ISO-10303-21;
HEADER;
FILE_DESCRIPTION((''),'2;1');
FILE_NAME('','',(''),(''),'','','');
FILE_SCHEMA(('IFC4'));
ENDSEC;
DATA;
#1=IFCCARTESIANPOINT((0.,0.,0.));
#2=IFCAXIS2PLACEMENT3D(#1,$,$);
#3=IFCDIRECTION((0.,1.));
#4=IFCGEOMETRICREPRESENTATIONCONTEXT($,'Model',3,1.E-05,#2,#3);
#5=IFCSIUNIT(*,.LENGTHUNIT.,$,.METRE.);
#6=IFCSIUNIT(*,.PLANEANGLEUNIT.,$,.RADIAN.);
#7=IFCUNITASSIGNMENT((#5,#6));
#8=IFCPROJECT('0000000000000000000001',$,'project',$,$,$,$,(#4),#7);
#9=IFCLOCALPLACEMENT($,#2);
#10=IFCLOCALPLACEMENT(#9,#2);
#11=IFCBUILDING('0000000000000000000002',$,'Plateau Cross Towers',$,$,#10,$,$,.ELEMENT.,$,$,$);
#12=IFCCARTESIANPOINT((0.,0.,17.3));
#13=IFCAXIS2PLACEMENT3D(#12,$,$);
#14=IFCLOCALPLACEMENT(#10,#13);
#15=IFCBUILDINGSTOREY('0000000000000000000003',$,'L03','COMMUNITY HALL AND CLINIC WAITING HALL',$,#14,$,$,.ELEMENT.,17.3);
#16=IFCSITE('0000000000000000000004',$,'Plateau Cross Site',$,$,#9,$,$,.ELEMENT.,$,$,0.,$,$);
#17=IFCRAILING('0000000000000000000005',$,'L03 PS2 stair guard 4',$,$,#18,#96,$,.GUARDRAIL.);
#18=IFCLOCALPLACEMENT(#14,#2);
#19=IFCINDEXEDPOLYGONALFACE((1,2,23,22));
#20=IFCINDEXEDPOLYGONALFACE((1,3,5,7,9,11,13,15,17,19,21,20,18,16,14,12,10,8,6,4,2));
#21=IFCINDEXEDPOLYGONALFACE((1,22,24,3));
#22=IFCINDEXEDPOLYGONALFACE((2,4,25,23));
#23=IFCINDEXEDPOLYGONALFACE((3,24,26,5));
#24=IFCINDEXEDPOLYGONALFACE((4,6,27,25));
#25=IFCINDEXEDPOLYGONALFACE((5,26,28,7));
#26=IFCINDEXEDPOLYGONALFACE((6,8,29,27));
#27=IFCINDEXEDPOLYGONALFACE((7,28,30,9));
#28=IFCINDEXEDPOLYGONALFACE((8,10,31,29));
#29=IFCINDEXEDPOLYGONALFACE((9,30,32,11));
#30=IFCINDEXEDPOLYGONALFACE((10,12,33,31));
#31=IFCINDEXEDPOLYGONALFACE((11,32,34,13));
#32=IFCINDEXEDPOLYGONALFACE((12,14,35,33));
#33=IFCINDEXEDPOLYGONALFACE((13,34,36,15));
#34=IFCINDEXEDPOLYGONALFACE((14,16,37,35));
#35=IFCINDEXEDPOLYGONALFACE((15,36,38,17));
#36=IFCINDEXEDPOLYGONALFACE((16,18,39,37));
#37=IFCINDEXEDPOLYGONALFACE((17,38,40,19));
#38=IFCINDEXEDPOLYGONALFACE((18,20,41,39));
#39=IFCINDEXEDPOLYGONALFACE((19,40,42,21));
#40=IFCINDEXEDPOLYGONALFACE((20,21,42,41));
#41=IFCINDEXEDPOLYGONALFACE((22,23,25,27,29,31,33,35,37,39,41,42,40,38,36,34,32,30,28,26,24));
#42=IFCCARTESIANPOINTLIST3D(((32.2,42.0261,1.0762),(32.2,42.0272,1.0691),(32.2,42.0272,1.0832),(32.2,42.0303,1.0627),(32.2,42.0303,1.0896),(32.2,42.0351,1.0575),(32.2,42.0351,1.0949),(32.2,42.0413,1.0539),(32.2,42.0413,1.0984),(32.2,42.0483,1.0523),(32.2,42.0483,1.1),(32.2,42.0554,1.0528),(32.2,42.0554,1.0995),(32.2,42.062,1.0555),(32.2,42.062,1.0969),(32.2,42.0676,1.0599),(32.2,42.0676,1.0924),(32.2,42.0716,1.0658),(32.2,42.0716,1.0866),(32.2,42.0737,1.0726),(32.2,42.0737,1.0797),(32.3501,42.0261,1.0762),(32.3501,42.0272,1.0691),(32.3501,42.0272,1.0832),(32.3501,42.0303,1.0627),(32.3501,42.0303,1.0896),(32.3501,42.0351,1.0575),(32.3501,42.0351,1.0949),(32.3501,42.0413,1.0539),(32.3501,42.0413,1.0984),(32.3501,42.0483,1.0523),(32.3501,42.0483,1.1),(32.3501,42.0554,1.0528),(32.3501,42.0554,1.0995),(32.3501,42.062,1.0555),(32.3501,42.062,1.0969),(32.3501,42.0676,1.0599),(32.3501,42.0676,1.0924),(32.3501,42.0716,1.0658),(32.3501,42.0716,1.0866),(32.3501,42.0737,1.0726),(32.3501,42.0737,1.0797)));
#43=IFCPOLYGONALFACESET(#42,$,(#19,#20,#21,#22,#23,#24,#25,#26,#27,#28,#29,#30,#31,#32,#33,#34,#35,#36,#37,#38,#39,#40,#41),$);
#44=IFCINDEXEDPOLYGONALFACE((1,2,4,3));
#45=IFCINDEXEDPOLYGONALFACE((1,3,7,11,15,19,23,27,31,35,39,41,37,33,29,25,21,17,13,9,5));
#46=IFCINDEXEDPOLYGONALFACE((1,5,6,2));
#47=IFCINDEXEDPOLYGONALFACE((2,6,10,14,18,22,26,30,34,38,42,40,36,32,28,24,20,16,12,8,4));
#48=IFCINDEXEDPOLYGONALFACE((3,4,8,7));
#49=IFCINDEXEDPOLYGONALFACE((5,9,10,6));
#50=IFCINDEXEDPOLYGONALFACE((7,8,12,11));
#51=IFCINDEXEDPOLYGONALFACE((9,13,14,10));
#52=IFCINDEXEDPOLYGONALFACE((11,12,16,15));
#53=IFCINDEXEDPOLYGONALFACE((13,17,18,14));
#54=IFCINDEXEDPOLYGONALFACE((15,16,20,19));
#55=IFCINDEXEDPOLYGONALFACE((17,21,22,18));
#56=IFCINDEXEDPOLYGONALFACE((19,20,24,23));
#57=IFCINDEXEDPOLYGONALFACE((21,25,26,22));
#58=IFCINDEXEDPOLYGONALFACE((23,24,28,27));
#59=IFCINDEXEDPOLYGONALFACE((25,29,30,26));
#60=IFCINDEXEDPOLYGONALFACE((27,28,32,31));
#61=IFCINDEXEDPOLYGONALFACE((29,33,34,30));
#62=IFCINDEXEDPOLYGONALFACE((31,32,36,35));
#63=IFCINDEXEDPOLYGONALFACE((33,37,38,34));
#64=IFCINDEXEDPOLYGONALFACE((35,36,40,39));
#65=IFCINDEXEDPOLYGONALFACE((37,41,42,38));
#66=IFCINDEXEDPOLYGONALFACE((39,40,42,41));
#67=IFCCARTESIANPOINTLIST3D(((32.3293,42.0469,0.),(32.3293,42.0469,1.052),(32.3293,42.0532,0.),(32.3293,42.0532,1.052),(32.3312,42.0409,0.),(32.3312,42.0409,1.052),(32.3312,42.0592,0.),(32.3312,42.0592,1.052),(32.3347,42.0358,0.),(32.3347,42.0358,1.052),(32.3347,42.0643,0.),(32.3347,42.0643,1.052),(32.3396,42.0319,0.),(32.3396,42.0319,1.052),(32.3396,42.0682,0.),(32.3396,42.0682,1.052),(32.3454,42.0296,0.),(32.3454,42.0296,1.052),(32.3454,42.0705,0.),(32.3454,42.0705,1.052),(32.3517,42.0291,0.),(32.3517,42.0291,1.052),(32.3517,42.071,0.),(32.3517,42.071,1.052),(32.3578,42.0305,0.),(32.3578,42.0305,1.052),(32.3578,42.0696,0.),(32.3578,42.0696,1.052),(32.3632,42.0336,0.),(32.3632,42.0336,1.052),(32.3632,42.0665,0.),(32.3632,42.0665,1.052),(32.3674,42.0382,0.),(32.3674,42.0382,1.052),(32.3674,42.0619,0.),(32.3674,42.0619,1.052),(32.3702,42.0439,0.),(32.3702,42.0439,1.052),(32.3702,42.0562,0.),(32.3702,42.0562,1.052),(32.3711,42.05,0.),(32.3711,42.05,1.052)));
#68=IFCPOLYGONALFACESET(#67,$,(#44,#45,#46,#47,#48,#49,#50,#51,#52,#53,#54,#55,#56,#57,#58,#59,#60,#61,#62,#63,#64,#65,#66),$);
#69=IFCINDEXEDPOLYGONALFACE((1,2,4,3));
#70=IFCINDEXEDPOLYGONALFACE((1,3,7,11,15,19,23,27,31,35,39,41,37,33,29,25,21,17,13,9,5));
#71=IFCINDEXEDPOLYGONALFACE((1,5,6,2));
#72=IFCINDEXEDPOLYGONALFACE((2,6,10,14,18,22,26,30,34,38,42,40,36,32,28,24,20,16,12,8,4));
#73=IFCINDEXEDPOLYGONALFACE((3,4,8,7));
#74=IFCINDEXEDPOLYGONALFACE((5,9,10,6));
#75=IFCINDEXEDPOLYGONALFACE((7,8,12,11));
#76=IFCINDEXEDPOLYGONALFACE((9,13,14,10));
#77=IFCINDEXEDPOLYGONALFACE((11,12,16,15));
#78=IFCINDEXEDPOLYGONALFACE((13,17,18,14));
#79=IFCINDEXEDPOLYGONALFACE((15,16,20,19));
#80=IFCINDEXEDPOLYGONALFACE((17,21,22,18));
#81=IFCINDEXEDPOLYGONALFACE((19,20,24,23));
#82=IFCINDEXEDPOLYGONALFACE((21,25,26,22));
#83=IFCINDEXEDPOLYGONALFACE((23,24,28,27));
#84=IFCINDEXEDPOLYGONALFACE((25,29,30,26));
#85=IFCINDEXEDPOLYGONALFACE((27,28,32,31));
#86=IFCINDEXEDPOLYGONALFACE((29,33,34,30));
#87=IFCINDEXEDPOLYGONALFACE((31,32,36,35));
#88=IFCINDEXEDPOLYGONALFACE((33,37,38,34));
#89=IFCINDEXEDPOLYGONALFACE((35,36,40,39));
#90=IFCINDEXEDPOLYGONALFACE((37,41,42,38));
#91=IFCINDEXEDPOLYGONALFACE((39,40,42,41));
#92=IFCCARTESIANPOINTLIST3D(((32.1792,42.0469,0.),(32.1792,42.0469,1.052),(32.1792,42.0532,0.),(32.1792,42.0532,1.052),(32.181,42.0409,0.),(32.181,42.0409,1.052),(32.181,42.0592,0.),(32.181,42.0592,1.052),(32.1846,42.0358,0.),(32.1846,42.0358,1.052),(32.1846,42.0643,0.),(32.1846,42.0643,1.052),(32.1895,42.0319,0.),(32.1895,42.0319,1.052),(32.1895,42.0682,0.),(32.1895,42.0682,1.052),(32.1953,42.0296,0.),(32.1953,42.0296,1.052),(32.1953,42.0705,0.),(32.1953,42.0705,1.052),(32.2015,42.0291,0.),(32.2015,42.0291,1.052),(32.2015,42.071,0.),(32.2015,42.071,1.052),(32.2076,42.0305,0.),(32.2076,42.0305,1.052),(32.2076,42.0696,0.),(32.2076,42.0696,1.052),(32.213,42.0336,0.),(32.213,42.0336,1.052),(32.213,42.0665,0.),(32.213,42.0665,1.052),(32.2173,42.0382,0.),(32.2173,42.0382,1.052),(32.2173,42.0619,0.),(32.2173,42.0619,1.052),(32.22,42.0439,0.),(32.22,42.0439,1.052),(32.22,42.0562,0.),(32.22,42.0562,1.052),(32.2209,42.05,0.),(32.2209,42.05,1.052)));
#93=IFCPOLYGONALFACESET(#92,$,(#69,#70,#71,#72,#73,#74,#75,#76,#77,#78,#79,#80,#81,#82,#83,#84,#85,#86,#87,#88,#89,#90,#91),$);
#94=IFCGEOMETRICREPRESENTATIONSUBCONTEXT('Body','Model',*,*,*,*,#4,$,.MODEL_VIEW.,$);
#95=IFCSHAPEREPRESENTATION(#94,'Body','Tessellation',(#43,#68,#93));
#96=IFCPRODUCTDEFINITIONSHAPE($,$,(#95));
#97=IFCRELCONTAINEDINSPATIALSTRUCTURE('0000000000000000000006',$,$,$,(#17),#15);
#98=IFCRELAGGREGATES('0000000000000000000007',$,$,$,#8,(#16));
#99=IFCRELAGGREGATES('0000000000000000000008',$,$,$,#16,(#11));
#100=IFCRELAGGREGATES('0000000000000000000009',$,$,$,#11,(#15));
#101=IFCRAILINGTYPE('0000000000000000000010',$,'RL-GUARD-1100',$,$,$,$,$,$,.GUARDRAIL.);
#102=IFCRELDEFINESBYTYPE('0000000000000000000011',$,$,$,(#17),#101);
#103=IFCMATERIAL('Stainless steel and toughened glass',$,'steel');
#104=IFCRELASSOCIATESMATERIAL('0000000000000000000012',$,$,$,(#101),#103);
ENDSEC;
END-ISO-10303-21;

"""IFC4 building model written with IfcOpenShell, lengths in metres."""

from ifc_helpers import new_model, si_unit, direction, frame, origin, origin_2d, place, context, subcontext, project, spatial, circle, extrude, material, type_object, element, save


model = new_model("IFC4")

# Units and contexts
model_context = context("Model", 3, precision=1e-05, world=origin(), true_north=direction((0.0, 1.0)))
body_context = subcontext(model_context, "Body", "Model", "MODEL_VIEW")
ifc_project = project(units=[si_unit("LENGTHUNIT", "METRE"), si_unit("PLANEANGLEUNIT", "RADIAN")], contexts=[model_context])

# Site, building, storey
site_placement = place(None, origin())
site = spatial("IfcSite", under=ifc_project, at=site_placement, Name="Plateau Cross Site", CompositionType="ELEMENT", RefElevation=0.0)
building_placement = place(site_placement, origin())
building = spatial("IfcBuilding", under=site, at=building_placement, Name="Plateau Cross Towers", CompositionType="ELEMENT")
storey_placement = place(building_placement, frame((0.0, 0.0, 17.3)))
storey = spatial("IfcBuildingStorey", under=building, at=storey_placement, Name="L03", Description="COMMUNITY HALL AND CLINIC WAITING HALL", CompositionType="ELEMENT", Elevation=17.3)

# Railing
ifc_material_1 = material(Name="Stainless steel and toughened glass", Category="steel")
railing_type_1 = type_object("IfcRailingType", Name="RL-GUARD-1100", PredefinedType="GUARDRAIL", material=ifc_material_1)
railing_1_placement = place(storey_placement, frame((32.3501, 42.05, 0.0)))
element("IfcRailing", 1, at=railing_1_placement, inside=storey, type_object=railing_type_1, Name="L03 PS2 stair guard 4", PredefinedType="GUARDRAIL", context=body_context, shape_type="SweptSolid", body=[
    extrude(circle(Radius=0.0239, at=origin_2d()), frame((0.0, 0.0, 1.0762), z_axis=(-1.0, 0.0, 0.0), x_axis=(0.0, -1.0, 0.0)), (0.0, 0.0, 1.0), 0.1501),
    extrude(circle(Radius=0.021, at=origin_2d()), origin(), (0.0, 0.0, 1.0), 1.052),
    extrude(circle(Radius=0.021, at=origin_2d()), frame((-0.1501, 0.0, 0.0)), (0.0, 0.0, 1.0), 1.052),
])

save(model, "model.ifc")
